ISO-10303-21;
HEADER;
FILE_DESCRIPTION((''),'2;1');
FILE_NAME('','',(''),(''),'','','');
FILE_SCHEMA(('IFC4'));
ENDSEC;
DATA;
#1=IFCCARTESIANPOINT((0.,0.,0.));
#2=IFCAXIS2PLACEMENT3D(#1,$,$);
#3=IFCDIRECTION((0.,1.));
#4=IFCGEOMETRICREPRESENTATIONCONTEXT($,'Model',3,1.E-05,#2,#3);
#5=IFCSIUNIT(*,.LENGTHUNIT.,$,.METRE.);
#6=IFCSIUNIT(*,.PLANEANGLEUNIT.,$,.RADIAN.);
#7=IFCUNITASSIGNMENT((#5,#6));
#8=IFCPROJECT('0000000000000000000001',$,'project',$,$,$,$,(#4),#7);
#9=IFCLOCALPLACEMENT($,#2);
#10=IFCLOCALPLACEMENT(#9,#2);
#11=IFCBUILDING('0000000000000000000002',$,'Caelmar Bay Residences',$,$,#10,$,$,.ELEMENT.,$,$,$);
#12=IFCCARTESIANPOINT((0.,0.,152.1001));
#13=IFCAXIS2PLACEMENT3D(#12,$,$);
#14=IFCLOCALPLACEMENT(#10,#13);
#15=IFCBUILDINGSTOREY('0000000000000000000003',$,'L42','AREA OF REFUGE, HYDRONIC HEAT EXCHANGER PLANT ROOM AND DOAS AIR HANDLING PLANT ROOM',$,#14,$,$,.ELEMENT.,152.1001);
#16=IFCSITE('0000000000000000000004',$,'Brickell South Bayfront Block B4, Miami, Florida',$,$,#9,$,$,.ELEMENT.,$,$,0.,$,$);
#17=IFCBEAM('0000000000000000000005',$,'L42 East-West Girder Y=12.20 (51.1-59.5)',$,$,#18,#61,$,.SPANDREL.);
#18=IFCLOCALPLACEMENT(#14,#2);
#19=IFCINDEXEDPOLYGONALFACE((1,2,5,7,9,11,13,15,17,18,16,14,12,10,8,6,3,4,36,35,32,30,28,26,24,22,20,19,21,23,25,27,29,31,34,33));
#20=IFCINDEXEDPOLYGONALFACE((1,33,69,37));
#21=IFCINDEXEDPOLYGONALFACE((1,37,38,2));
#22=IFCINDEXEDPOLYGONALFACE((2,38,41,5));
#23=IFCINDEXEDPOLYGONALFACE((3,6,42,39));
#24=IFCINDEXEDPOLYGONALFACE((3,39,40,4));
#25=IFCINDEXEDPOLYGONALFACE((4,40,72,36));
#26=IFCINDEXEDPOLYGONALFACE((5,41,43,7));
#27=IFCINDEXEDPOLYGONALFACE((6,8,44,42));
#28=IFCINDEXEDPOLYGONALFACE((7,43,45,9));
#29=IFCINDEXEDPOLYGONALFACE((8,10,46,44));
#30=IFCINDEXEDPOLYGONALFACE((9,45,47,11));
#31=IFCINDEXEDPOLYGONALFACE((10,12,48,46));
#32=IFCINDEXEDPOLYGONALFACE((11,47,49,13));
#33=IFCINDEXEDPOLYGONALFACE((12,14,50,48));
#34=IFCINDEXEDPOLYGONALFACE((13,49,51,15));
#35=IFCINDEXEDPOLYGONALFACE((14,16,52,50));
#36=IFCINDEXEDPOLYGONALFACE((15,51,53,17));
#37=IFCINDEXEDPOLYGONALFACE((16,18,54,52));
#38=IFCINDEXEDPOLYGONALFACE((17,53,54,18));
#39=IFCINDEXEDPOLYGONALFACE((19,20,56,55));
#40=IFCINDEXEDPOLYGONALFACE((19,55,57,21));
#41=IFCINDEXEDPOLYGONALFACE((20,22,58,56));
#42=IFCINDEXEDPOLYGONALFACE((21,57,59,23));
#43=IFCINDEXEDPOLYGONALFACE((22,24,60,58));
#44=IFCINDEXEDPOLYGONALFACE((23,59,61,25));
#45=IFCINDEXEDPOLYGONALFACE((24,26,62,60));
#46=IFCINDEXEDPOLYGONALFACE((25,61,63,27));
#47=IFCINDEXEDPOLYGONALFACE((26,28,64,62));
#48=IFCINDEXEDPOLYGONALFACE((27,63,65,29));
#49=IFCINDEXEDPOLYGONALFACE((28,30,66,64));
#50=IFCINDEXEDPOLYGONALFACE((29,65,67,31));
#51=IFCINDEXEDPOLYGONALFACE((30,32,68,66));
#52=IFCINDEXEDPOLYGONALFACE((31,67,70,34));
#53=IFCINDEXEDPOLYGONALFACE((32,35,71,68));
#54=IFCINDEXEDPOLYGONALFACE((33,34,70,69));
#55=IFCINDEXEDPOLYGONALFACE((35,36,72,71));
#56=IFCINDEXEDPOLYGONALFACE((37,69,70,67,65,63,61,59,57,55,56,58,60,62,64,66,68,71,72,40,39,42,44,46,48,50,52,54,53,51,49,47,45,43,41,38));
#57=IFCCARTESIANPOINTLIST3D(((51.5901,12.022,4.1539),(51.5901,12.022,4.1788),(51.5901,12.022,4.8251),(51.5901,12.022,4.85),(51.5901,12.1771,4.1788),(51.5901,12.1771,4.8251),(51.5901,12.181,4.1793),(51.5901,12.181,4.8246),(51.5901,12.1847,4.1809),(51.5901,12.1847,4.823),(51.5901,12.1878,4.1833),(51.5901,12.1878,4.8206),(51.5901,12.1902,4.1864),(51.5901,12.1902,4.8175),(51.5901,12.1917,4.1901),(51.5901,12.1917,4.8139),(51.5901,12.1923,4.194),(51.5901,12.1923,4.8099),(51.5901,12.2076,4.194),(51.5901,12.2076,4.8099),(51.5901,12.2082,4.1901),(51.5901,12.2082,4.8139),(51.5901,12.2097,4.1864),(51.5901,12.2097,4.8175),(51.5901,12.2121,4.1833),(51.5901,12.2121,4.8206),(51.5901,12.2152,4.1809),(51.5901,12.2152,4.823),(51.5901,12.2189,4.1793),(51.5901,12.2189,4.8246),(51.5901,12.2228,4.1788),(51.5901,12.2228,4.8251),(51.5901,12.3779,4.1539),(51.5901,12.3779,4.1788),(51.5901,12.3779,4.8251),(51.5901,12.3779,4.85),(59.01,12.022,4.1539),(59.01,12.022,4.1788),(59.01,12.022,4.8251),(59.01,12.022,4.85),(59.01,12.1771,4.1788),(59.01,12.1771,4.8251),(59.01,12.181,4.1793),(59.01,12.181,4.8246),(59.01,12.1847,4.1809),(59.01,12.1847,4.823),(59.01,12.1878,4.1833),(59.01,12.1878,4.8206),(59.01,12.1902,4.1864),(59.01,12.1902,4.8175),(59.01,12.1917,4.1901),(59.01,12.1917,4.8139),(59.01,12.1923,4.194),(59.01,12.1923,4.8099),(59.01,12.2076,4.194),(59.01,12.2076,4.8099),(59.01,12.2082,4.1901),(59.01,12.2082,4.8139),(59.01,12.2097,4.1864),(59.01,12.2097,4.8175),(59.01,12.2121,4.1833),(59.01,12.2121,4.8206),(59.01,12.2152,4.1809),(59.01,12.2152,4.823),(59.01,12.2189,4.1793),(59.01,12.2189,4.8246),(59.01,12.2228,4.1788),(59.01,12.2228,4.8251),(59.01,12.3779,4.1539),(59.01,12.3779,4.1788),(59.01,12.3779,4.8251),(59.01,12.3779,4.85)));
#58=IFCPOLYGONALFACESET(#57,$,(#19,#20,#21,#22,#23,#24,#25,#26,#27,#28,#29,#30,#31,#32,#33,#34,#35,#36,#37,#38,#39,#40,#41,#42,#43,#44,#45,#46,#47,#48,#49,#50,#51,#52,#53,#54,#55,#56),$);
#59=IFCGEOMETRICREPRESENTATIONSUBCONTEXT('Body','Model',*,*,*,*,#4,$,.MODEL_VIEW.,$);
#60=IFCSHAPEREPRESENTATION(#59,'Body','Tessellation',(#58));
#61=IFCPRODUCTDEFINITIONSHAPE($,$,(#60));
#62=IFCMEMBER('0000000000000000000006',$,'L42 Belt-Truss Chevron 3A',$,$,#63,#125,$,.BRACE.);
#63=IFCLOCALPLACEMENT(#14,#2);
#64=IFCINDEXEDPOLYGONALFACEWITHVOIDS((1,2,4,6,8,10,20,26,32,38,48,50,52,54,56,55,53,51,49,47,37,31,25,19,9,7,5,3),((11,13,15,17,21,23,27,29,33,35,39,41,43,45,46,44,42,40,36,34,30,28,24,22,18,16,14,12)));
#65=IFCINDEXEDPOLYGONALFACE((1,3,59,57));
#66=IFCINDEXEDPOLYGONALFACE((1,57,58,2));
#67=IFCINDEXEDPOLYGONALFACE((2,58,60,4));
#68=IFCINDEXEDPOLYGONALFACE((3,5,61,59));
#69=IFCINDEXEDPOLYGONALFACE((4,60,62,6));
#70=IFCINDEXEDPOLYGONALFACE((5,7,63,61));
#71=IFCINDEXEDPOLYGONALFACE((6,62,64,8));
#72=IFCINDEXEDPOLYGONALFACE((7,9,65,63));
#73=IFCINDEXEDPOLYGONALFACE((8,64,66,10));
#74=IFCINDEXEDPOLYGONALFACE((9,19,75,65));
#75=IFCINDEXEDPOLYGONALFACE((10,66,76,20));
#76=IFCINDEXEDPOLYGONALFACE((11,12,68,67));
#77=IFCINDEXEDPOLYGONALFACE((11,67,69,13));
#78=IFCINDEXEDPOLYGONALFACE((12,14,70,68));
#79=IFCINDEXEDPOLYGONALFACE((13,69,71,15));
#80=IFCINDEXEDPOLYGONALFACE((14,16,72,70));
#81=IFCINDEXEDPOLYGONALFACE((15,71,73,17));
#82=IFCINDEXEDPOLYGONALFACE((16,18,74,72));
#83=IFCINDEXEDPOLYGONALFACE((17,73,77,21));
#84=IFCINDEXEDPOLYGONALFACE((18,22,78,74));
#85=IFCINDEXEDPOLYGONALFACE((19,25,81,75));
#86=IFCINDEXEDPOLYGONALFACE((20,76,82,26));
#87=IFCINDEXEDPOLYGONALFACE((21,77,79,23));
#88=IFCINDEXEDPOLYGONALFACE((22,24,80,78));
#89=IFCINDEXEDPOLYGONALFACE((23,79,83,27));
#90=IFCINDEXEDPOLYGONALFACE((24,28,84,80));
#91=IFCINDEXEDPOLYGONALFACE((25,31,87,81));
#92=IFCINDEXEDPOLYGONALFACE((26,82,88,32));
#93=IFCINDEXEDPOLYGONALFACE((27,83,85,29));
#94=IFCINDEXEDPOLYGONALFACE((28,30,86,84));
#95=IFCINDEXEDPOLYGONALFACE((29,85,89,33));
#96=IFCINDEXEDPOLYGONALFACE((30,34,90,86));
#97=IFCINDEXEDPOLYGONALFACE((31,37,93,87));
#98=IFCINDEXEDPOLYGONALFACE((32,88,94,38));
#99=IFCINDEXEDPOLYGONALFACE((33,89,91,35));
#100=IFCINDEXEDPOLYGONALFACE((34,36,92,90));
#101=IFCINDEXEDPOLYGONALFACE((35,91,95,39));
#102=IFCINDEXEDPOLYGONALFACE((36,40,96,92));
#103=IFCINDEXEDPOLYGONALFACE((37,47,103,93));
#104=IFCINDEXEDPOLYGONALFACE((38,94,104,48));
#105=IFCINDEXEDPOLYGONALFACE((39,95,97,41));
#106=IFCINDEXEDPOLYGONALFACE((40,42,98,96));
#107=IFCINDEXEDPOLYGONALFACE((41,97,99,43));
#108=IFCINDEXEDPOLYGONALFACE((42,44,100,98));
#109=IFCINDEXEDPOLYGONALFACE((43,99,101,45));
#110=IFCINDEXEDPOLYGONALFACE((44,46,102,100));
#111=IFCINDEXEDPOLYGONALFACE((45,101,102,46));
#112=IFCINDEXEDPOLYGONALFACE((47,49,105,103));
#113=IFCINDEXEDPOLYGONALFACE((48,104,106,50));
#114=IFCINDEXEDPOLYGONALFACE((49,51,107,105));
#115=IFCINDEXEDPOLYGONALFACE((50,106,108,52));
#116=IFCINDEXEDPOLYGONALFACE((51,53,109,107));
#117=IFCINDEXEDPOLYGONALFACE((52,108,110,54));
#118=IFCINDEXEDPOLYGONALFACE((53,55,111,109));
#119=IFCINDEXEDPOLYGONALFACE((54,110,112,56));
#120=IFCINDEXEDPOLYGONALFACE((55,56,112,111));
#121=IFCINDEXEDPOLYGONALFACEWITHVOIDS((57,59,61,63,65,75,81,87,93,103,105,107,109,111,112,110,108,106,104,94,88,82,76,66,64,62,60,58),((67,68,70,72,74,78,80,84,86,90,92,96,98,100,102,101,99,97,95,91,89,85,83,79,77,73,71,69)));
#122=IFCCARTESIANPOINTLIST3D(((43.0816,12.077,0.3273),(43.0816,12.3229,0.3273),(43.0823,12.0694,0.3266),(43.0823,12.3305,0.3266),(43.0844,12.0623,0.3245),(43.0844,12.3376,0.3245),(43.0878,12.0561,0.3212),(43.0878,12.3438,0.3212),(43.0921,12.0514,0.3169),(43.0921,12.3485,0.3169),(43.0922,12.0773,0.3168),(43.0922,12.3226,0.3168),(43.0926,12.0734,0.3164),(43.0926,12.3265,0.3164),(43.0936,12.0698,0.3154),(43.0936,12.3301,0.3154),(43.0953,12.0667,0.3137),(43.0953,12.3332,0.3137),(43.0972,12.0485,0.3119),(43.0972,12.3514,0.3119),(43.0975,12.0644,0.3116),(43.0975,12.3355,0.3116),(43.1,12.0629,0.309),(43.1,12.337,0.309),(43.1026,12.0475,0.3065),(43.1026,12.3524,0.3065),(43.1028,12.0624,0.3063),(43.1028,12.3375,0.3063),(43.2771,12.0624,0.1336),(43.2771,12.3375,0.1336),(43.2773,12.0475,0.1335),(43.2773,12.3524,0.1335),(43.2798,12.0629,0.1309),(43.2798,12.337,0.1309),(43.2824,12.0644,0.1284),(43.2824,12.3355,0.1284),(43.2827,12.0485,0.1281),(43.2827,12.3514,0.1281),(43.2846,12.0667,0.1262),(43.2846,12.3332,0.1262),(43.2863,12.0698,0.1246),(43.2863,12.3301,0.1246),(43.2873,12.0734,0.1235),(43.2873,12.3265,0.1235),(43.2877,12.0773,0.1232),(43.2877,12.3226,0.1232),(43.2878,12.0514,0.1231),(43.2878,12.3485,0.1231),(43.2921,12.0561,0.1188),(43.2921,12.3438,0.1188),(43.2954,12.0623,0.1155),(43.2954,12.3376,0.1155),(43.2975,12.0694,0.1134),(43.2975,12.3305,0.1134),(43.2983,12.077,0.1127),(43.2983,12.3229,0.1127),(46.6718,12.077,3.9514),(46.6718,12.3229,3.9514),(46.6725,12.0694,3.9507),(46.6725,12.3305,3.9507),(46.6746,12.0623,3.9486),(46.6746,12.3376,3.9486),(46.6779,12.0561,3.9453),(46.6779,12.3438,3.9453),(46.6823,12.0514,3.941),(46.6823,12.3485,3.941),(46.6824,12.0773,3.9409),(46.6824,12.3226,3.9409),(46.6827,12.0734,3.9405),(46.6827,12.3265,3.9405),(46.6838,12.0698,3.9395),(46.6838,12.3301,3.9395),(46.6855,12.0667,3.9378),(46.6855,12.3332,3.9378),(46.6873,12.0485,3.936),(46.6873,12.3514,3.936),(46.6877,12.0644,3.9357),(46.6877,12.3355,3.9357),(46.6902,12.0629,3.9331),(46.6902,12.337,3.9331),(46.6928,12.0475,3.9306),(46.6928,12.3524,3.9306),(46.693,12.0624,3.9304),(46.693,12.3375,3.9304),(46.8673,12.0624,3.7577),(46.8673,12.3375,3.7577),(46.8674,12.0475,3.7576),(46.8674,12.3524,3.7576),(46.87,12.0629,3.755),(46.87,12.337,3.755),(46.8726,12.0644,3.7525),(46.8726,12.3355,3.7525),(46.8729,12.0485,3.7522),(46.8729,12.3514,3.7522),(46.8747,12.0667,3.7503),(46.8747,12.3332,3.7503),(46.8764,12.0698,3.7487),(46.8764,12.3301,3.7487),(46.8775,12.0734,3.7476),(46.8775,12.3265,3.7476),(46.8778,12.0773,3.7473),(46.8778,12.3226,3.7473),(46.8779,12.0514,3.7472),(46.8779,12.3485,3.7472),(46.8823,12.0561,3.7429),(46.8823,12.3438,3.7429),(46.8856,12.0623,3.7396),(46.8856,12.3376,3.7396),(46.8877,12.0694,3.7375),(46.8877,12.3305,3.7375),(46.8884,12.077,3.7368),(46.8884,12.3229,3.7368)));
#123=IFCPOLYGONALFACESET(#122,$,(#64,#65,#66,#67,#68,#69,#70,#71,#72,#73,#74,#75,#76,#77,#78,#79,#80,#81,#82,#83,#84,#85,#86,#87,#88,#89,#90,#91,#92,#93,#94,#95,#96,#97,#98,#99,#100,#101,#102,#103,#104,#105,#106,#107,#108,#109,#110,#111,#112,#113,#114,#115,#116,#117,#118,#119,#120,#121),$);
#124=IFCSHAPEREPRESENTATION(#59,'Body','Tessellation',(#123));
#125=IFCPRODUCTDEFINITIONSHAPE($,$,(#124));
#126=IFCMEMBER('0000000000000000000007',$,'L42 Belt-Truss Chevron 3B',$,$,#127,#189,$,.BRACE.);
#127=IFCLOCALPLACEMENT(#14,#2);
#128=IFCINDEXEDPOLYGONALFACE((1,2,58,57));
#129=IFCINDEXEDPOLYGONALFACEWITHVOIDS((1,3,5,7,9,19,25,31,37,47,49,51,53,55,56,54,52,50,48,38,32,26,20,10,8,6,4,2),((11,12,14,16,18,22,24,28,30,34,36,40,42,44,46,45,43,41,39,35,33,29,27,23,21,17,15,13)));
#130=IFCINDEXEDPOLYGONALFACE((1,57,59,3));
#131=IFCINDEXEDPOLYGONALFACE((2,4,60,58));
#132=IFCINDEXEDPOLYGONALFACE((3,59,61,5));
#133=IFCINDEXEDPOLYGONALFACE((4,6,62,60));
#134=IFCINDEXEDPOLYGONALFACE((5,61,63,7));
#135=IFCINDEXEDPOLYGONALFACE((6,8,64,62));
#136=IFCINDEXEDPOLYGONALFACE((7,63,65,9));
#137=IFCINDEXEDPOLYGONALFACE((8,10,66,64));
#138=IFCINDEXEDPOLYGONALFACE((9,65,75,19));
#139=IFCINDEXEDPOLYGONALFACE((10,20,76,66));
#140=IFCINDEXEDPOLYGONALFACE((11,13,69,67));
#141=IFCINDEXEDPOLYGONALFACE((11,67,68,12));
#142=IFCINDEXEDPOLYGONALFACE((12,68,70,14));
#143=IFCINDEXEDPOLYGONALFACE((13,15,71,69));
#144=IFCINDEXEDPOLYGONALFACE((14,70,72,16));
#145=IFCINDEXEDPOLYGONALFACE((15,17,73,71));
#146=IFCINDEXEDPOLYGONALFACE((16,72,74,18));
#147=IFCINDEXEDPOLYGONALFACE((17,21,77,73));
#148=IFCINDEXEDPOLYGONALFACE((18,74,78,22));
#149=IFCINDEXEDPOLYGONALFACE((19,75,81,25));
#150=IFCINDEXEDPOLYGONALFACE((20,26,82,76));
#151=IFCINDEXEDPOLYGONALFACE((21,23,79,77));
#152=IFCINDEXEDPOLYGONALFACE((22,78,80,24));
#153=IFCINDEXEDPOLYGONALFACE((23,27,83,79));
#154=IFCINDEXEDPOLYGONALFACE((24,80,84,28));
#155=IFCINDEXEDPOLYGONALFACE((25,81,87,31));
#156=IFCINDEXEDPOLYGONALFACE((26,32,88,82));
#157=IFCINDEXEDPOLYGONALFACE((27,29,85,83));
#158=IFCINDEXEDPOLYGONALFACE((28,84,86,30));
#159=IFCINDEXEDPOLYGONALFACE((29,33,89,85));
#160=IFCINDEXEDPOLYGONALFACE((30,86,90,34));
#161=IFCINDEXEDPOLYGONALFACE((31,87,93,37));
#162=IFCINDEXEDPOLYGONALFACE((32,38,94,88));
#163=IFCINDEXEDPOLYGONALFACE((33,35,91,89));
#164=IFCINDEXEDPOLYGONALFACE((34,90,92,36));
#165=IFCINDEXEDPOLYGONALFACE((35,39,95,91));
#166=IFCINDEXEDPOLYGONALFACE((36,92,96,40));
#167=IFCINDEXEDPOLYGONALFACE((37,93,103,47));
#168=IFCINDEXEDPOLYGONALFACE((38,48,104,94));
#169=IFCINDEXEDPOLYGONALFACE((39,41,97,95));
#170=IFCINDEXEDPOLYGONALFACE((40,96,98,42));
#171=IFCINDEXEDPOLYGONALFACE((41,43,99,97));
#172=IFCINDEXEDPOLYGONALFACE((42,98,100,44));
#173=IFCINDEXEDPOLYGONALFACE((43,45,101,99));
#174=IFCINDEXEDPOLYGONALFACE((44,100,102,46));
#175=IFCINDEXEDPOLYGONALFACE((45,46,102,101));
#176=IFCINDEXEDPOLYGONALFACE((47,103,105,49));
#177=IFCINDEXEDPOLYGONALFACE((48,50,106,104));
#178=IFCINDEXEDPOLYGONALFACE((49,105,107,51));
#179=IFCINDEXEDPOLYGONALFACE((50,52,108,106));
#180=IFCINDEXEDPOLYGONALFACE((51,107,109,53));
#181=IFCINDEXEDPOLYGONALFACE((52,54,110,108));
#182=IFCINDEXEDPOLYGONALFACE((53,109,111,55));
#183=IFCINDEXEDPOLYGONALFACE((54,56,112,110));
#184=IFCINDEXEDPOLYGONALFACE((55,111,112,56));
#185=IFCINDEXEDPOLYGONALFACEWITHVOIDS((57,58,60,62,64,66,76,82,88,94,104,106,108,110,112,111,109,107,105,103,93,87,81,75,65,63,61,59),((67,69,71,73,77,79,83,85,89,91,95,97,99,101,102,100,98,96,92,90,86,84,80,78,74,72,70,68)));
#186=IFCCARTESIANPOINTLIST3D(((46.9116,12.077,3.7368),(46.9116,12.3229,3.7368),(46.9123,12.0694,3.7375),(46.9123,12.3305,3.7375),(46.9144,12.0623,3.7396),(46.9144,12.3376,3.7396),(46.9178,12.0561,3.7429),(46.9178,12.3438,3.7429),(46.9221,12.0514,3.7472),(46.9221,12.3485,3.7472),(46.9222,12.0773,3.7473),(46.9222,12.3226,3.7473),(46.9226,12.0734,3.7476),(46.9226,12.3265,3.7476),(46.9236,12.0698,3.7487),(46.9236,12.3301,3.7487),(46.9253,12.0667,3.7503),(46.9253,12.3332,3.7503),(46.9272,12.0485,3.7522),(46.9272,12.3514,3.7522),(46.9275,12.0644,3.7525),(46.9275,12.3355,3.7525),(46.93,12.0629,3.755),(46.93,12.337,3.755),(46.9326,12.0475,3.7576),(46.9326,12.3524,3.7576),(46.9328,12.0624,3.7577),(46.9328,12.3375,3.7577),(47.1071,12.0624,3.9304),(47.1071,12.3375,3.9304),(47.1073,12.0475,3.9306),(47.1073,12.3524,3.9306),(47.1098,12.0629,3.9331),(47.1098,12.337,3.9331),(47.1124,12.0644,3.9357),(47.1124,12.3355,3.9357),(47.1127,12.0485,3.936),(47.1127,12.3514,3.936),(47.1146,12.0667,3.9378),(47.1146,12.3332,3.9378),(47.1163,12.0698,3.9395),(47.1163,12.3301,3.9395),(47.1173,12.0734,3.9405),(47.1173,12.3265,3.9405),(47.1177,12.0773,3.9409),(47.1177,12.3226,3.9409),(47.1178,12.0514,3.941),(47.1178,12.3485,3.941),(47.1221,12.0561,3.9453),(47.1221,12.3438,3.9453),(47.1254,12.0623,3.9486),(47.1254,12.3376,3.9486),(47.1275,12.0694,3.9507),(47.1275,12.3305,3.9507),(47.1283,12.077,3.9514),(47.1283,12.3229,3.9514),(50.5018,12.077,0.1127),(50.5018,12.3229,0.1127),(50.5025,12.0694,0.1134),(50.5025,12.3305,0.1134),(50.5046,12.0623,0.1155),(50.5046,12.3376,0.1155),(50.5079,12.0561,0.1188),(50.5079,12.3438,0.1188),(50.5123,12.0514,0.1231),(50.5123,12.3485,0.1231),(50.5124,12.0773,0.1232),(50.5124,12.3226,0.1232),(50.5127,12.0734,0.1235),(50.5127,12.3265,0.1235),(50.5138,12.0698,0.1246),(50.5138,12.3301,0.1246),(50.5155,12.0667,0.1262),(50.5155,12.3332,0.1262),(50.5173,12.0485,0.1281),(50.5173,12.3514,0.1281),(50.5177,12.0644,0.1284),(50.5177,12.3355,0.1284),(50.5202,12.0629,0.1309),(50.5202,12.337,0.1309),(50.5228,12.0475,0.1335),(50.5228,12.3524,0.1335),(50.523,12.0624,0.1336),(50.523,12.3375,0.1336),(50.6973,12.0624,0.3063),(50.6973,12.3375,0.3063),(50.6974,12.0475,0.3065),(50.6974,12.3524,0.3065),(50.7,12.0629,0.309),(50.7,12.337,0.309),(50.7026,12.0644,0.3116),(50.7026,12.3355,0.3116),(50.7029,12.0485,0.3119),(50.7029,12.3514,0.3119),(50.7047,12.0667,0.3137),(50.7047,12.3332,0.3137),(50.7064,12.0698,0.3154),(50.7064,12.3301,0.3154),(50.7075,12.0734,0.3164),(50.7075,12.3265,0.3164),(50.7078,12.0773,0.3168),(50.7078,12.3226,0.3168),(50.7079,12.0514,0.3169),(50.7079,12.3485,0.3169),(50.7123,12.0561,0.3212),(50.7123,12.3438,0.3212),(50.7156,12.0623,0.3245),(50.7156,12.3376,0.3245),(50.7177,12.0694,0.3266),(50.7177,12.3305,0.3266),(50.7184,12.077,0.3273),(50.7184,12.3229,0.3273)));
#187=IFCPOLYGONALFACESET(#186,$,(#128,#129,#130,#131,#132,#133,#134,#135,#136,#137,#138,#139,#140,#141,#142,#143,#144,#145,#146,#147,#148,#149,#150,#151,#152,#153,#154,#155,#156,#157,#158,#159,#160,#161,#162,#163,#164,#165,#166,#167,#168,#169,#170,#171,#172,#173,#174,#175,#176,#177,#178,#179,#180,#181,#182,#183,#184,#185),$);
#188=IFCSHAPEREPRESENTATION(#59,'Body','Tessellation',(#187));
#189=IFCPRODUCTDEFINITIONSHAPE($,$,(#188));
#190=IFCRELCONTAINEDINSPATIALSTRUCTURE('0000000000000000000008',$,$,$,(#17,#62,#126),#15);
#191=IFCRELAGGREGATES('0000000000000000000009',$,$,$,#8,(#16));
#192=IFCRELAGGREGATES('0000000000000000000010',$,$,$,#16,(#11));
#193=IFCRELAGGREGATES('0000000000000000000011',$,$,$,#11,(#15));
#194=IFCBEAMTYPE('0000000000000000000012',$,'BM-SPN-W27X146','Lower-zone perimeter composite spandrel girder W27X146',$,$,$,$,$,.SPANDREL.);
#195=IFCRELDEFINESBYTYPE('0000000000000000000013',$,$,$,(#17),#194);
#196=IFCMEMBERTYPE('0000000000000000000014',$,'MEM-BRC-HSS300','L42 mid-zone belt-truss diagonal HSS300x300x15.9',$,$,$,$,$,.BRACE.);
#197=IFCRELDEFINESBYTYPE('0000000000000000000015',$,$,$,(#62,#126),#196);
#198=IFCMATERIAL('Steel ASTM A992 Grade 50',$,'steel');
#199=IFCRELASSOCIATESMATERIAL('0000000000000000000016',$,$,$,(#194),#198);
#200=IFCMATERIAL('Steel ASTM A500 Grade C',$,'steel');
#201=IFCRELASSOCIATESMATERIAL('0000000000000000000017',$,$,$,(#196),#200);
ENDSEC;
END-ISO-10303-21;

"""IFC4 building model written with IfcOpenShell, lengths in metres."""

from ifc_helpers import new_model, si_unit, direction, frame, origin, origin_2d, place, context, subcontext, project, spatial, hollow_rectangle, i_section, extrude, material, material_profile, profile_set, type_object, element, save


model = new_model("IFC4")

# Units and contexts
model_context = context("Model", 3, precision=1e-05, world=origin(), true_north=direction((0.0, 1.0)))
body_context = subcontext(model_context, "Body", "Model", "MODEL_VIEW")
ifc_project = project(units=[si_unit("LENGTHUNIT", "METRE"), si_unit("PLANEANGLEUNIT", "RADIAN")], contexts=[model_context])

# Site, building, storey
site_placement = place(None, origin())
site = spatial("IfcSite", under=ifc_project, at=site_placement, Name="Brickell South Bayfront Block B4, Miami, Florida", CompositionType="ELEMENT", RefElevation=0.0)
building_placement = place(site_placement, origin())
building = spatial("IfcBuilding", under=site, at=building_placement, Name="Caelmar Bay Residences", CompositionType="ELEMENT")
storey_placement = place(building_placement, frame((0.0, 0.0, 152.1001)))
storey = spatial("IfcBuildingStorey", under=building, at=storey_placement, Name="L42", Description="AREA OF REFUGE, HYDRONIC HEAT EXCHANGER PLANT ROOM AND DOAS AIR HANDLING PLANT ROOM", CompositionType="ELEMENT", Elevation=152.1001)

# Beam
ifc_material_1 = material(Name="Steel ASTM A992 Grade 50", Category="steel")
ifc_material_profile_1 = material_profile(ifc_material_1, i_section(OverallWidth=0.356, OverallDepth=0.696, WebThickness=0.0154, FlangeThickness=0.0249, FilletRadius=0.0151, at=origin_2d()), Name="W27X146")
ifc_profile_set_1 = profile_set([ifc_material_profile_1], Name="Steel ASTM A992 Grade 50")
beam_type_1 = type_object("IfcBeamType", Name="BM-SPN-W27X146", Description="Lower-zone perimeter composite spandrel girder W27X146", PredefinedType="SPANDREL", material=ifc_profile_set_1)
beam_1_placement = place(storey_placement, frame((51.5901, 12.2, 4.502), z_axis=(1.0, 0.0, 0.0), x_axis=(0.0, 1.0, 0.0)))
element("IfcBeam", 1, at=beam_1_placement, inside=storey, type_object=beam_type_1, Name="L42 East-West Girder Y=12.20 (51.1-59.5)", PredefinedType="SPANDREL", context=body_context, shape_type="SweptSolid", body=[
    extrude(i_section(OverallWidth=0.356, OverallDepth=0.696, WebThickness=0.0154, FlangeThickness=0.0249, FilletRadius=0.0151, at=origin_2d()), origin(), (0.0, 0.0, 1.0), 7.4199),
])

# Members
ifc_material_2 = material(Name="Steel ASTM A500 Grade C", Category="steel")
ifc_material_profile_2 = material_profile(ifc_material_2, hollow_rectangle(XDim=0.3049, YDim=0.3049, WallThickness=0.0149, InnerFilletRadius=0.0149, OuterFilletRadius=0.0295, at=origin_2d()), Name="HSS300X300X15.9")
ifc_profile_set_2 = profile_set([ifc_material_profile_2], Name="Steel ASTM A500 Grade C")
member_type_1 = type_object("IfcMemberType", Name="MEM-BRC-HSS300", Description="L42 mid-zone belt-truss diagonal HSS300x300x15.9", PredefinedType="BRACE", material=ifc_profile_set_2)
for number, where, z_axis, x_axis, name in (
    (2, (43.1899, 12.2, 0.22), (0.703773, 0.0, 0.710425), (0.0, 1.0, 0.0), "L42 Belt-Truss Chevron 3A"),
    (3, (50.6101, 12.2, 0.22), (-0.703773, 0.0, 0.710425), (0.0, -1.0, 0.0), "L42 Belt-Truss Chevron 3B"),
):
    element("IfcMember", number, at=place(storey_placement, frame(where, z_axis=z_axis, x_axis=x_axis)), inside=storey, type_object=member_type_1, Name=name, PredefinedType="BRACE", context=body_context, shape_type="SweptSolid", body=[
        extrude(hollow_rectangle(XDim=0.3049, YDim=0.3049, WallThickness=0.0149, InnerFilletRadius=0.0149, OuterFilletRadius=0.0295, at=origin_2d()), origin(), (0.0, 0.0, 1.0), 5.1013),
    ])

save(model, "model.ifc")
